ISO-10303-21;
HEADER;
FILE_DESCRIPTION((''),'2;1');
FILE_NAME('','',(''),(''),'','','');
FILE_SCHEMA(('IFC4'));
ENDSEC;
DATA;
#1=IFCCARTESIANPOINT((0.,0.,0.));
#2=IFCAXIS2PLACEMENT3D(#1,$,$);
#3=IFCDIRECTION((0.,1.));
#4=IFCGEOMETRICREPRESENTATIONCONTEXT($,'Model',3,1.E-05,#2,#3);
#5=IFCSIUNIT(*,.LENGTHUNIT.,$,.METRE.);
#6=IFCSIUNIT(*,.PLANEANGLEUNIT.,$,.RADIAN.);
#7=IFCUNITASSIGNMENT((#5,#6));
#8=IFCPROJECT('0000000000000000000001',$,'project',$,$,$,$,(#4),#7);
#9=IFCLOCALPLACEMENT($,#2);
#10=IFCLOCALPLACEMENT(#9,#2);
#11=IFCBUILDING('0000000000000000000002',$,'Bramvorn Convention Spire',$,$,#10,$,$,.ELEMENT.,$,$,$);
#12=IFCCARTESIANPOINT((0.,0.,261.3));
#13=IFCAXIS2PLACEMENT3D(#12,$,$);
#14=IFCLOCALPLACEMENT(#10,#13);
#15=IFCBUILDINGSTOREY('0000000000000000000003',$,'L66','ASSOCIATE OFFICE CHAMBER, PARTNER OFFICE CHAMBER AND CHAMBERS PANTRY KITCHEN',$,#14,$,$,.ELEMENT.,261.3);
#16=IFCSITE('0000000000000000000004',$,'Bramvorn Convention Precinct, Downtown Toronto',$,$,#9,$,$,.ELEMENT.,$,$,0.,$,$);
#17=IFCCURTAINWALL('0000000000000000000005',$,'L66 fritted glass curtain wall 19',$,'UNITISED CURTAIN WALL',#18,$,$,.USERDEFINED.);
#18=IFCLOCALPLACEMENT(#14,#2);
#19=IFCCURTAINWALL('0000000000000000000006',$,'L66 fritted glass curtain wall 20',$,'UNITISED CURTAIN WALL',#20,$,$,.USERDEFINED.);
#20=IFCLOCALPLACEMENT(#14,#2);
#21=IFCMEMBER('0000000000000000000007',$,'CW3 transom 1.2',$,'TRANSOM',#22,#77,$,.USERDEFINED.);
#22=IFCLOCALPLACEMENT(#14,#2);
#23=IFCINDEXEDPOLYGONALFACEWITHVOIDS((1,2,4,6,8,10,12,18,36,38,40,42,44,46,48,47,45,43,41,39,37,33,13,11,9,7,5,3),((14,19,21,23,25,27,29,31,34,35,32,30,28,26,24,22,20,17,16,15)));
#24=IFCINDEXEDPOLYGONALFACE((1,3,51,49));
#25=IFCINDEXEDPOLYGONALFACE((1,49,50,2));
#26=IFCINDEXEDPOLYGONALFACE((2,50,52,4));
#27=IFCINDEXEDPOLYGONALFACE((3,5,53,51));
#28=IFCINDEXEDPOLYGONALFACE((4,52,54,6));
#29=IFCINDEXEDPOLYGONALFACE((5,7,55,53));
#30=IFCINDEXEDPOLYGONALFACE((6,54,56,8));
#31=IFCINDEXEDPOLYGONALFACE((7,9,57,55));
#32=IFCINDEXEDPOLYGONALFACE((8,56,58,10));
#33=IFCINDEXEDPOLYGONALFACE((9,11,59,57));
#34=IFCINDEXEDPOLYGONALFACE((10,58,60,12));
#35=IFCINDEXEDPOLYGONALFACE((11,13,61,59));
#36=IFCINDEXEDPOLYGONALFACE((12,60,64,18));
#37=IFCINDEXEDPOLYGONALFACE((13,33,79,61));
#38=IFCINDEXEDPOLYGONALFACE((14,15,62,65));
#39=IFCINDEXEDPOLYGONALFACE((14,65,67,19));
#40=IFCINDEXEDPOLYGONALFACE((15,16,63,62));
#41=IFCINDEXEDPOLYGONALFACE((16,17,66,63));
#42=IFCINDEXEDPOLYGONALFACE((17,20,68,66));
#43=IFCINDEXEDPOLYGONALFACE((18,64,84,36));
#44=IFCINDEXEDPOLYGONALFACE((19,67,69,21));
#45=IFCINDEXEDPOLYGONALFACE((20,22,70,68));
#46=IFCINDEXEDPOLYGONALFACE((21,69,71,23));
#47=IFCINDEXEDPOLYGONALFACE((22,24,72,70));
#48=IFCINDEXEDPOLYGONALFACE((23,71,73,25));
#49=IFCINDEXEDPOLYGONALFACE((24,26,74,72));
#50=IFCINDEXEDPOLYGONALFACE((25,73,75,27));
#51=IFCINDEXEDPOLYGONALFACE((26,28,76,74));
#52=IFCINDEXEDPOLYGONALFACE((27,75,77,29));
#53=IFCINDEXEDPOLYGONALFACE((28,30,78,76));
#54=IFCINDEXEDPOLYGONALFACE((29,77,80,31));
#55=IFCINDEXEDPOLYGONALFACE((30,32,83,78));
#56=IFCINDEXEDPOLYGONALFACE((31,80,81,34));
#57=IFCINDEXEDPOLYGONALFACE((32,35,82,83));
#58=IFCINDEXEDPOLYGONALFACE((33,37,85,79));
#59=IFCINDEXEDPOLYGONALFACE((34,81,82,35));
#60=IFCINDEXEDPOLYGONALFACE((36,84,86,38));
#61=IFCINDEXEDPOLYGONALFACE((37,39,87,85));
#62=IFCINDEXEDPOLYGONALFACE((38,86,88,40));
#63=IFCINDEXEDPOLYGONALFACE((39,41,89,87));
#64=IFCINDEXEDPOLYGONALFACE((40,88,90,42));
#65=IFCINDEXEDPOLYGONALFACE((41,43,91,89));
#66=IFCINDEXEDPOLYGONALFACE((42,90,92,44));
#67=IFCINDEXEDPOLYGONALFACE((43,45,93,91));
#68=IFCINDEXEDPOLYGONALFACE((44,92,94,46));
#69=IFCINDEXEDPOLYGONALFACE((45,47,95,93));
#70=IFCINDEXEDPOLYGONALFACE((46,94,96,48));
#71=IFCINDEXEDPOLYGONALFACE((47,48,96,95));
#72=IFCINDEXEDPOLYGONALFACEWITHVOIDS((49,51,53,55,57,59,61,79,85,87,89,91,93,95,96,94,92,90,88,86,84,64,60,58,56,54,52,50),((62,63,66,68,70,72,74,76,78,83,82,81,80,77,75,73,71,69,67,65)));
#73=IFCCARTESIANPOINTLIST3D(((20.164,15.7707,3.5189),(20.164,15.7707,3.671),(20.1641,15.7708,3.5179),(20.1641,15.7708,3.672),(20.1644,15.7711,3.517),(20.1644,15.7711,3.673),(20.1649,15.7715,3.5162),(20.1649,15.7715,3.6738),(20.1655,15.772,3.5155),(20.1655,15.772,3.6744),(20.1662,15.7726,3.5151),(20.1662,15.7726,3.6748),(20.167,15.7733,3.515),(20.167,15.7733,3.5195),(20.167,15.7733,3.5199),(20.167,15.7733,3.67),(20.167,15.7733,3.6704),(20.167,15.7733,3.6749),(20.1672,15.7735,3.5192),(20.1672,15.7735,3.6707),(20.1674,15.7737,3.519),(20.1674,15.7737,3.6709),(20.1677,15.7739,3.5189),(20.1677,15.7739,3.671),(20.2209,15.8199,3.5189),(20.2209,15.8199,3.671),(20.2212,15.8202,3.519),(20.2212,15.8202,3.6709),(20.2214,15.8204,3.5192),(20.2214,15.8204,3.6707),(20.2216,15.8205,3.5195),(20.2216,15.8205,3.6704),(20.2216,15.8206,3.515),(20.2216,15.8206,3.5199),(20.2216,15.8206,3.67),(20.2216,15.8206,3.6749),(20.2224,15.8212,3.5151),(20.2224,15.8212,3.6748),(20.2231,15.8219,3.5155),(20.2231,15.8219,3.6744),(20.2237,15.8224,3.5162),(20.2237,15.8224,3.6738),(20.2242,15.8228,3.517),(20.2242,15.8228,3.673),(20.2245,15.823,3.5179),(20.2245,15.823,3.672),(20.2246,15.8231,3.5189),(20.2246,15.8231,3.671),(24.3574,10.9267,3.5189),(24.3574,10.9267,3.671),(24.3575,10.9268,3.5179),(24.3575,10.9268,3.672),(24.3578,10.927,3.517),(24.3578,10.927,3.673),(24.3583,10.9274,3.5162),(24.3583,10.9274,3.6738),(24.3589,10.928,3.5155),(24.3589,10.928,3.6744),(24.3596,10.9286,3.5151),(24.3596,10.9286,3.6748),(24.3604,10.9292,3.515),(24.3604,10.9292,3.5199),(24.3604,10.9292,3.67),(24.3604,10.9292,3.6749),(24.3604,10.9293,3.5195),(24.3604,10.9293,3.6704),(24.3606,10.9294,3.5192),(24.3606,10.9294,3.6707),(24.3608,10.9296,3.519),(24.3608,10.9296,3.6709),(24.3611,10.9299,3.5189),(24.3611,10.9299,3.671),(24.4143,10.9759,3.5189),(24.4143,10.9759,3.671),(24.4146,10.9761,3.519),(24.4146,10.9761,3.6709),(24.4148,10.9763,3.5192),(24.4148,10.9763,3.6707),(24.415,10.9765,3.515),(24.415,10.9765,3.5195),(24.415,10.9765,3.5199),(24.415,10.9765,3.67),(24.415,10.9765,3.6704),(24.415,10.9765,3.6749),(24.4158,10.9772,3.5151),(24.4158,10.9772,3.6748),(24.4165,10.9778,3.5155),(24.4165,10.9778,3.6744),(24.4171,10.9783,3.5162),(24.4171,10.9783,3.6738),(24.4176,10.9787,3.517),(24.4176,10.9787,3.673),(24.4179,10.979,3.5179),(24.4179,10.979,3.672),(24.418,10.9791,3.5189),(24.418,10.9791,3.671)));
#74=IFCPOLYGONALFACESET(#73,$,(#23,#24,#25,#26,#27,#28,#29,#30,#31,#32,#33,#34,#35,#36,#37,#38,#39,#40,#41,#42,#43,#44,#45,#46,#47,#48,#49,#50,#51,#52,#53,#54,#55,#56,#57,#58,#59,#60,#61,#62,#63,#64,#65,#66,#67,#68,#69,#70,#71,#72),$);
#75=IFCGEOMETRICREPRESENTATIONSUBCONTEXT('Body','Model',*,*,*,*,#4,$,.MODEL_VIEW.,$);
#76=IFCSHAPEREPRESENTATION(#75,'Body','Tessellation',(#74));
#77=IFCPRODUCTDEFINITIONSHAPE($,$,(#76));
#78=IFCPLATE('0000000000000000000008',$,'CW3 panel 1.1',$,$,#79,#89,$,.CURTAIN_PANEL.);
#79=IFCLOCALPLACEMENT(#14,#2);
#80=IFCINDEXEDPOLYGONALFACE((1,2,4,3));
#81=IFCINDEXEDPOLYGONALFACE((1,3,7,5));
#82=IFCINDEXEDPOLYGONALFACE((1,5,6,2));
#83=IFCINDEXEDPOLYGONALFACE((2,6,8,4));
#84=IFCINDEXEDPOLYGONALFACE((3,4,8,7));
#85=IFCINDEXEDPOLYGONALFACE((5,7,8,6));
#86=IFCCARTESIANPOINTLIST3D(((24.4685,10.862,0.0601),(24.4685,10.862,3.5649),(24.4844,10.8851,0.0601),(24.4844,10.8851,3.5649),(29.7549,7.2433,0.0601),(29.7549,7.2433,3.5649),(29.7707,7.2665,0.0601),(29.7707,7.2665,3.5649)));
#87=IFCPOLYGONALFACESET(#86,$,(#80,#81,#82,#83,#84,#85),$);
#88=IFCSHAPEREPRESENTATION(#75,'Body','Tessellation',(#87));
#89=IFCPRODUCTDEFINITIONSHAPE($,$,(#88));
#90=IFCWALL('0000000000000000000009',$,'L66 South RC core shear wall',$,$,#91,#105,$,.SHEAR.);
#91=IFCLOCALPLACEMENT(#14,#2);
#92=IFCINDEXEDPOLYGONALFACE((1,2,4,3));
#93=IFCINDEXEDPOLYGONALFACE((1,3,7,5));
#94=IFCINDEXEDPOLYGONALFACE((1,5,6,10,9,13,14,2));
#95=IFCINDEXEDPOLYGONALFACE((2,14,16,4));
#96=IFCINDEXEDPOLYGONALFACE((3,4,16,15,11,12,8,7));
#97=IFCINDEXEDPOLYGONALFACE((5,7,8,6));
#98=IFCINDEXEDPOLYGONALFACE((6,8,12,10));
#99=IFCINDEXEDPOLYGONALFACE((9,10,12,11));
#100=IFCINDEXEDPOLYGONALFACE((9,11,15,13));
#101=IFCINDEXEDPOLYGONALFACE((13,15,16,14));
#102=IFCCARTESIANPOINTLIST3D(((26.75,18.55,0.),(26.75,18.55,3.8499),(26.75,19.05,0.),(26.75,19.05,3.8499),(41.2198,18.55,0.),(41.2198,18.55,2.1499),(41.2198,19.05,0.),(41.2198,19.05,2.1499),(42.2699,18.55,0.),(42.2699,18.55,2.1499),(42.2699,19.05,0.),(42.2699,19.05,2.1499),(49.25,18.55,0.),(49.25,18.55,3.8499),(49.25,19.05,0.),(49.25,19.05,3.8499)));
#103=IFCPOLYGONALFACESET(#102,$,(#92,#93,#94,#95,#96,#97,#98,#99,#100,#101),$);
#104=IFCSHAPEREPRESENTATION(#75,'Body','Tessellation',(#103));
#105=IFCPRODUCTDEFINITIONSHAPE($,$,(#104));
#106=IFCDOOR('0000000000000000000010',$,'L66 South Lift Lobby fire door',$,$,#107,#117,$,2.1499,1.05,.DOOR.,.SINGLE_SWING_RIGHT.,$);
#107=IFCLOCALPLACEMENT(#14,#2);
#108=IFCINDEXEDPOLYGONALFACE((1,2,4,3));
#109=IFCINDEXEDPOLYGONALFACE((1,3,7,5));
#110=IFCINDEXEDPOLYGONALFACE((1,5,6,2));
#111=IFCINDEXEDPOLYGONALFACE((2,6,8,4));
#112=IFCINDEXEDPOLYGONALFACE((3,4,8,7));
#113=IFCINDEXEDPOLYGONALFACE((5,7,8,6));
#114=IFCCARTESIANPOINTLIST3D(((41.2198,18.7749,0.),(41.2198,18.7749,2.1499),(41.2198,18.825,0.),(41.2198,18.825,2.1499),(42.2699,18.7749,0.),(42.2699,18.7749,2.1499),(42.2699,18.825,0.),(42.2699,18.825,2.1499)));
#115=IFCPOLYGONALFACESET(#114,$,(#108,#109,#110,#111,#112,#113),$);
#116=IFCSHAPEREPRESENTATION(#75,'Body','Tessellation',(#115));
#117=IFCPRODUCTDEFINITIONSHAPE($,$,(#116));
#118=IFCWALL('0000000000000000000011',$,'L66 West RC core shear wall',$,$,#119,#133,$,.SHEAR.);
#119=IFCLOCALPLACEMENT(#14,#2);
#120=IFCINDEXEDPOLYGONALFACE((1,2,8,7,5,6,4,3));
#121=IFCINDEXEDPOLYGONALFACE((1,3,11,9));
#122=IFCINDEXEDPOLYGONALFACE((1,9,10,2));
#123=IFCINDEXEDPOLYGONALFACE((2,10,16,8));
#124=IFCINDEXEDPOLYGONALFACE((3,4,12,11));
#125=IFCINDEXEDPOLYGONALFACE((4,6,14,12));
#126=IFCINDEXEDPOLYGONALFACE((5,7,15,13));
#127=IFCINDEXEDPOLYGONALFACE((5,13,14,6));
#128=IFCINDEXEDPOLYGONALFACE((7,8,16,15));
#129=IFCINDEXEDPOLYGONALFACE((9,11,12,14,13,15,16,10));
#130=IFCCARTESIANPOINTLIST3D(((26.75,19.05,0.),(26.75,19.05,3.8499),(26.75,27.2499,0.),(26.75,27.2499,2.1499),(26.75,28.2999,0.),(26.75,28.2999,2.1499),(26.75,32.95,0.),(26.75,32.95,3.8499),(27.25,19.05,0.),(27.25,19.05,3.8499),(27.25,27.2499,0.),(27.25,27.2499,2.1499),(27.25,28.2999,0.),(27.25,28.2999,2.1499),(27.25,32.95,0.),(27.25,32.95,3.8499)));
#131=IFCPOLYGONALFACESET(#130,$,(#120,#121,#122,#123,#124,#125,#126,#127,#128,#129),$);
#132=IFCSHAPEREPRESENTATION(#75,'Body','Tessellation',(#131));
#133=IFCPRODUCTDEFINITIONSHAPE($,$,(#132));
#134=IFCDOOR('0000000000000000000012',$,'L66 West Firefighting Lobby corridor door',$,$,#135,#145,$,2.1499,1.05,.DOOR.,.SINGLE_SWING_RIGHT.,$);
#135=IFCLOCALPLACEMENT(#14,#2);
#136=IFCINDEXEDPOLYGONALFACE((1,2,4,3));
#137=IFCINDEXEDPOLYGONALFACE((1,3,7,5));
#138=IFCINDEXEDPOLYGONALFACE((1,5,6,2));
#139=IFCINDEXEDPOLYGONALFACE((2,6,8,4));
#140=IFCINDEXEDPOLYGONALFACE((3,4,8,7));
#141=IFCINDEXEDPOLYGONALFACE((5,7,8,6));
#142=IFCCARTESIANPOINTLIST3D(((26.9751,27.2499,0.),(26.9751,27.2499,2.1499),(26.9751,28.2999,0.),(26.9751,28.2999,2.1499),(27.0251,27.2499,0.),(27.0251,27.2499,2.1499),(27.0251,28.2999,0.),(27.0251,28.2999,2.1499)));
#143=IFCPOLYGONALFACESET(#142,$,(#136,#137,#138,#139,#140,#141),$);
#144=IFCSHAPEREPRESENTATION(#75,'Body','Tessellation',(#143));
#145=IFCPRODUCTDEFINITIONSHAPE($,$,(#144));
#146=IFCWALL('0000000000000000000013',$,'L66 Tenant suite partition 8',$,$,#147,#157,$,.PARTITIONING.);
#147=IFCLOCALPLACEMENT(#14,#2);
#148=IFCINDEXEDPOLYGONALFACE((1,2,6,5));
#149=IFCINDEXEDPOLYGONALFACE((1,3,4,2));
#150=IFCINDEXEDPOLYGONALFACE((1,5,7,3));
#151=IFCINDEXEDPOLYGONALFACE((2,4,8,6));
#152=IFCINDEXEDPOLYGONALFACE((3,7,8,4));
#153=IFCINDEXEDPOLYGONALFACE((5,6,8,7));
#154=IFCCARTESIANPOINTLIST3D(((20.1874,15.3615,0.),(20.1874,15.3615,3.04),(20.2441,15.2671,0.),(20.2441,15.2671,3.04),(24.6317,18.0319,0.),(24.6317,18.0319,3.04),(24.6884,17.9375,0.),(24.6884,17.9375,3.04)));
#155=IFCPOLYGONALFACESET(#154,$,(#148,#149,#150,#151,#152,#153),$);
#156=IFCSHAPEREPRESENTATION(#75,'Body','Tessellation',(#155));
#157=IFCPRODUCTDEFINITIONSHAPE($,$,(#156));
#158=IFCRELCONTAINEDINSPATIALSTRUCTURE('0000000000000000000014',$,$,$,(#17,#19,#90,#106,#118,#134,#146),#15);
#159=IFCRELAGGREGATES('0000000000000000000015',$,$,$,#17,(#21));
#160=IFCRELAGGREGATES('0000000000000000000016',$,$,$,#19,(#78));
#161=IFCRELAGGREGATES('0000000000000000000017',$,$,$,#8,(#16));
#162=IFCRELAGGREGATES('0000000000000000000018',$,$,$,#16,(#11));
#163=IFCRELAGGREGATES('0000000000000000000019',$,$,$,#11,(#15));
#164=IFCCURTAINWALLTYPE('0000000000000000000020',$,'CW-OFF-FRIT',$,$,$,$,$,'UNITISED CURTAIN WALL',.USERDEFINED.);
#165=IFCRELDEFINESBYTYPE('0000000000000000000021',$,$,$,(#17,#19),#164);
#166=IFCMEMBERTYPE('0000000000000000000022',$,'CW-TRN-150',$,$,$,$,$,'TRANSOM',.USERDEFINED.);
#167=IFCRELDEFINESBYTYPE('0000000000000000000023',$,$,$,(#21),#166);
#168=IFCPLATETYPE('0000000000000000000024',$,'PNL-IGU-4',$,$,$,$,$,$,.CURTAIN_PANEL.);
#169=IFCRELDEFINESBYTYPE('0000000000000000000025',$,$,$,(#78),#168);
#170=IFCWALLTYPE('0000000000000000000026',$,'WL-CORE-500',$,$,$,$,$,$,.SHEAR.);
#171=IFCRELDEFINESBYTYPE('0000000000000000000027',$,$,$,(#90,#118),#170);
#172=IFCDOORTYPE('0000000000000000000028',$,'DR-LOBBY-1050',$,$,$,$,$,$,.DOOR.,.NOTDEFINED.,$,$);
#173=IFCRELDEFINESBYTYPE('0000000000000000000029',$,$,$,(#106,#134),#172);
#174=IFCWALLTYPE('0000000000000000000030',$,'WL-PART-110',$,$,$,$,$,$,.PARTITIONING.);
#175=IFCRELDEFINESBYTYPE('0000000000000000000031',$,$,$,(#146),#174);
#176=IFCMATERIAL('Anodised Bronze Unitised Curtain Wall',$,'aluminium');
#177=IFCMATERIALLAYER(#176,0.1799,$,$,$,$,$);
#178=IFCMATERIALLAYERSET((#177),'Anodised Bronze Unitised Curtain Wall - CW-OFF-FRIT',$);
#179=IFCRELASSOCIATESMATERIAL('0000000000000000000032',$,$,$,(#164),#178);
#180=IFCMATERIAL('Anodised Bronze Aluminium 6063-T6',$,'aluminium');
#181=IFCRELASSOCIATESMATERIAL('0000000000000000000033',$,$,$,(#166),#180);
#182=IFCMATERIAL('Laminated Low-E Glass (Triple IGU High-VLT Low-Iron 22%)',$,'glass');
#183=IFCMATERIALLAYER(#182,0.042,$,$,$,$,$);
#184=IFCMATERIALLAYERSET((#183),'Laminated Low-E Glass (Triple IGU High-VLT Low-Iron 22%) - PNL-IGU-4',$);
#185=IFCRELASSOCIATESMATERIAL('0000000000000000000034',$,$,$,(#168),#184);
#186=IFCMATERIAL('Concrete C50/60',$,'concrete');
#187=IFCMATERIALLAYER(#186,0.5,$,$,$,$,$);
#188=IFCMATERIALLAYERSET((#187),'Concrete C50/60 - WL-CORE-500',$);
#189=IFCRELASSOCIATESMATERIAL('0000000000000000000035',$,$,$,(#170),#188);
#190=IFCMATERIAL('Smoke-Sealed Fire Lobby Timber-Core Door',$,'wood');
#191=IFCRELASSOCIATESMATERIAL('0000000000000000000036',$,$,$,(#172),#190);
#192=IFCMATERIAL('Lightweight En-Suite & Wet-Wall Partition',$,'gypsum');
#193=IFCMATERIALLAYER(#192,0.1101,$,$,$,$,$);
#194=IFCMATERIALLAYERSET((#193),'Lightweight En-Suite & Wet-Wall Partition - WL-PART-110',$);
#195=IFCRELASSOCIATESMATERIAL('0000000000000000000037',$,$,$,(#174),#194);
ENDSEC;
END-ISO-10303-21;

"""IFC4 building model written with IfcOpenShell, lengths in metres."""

from ifc_helpers import new_model, si_unit, direction, frame, frame_2d, origin, origin_2d, place, context, subcontext, project, spatial, rectangle, hollow_rectangle, extrude, material, layer, layer_set, material_profile, profile_set, type_object, element, fill, aggregate, save


model = new_model("IFC4")

# Units and contexts
model_context = context("Model", 3, precision=1e-05, world=origin(), true_north=direction((0.0, 1.0)))
body_context = subcontext(model_context, "Body", "Model", "MODEL_VIEW")
ifc_project = project(units=[si_unit("LENGTHUNIT", "METRE"), si_unit("PLANEANGLEUNIT", "RADIAN")], contexts=[model_context])

# Site, building, storey
site_placement = place(None, origin())
site = spatial("IfcSite", under=ifc_project, at=site_placement, Name="Bramvorn Convention Precinct, Downtown Toronto", CompositionType="ELEMENT", RefElevation=0.0)
building_placement = place(site_placement, origin())
building = spatial("IfcBuilding", under=site, at=building_placement, Name="Bramvorn Convention Spire", CompositionType="ELEMENT")
storey_placement = place(building_placement, frame((0.0, 0.0, 261.3)))
storey = spatial("IfcBuildingStorey", under=building, at=storey_placement, Name="L66", Description="ASSOCIATE OFFICE CHAMBER, PARTNER OFFICE CHAMBER AND CHAMBERS PANTRY KITCHEN", CompositionType="ELEMENT", Elevation=261.3)

# Curtain walls
ifc_material_1 = material(Name="Anodised Bronze Unitised Curtain Wall", Category="aluminium")
ifc_layer_1 = layer(ifc_material_1, 0.1799)
ifc_layer_set_1 = layer_set([ifc_layer_1], Name="Anodised Bronze Unitised Curtain Wall - CW-OFF-FRIT")
curtain_wall_type = type_object("IfcCurtainWallType", Name="CW-OFF-FRIT", ElementType="UNITISED CURTAIN WALL", PredefinedType="USERDEFINED", material=ifc_layer_set_1)
curtain_wall_1_placement = place(storey_placement, origin())
curtain_wall_1 = element("IfcCurtainWall", 1, at=curtain_wall_1_placement, inside=storey, type_object=curtain_wall_type, Name="L66 fritted glass curtain wall 19", ObjectType="UNITISED CURTAIN WALL", PredefinedType="USERDEFINED")
ifc_material_2 = material(Name="Anodised Bronze Aluminium 6063-T6", Category="aluminium")
curtain_wall_2_placement = place(storey_placement, origin())
curtain_wall_2 = element("IfcCurtainWall", 2, at=curtain_wall_2_placement, inside=storey, type_object=curtain_wall_type, Name="L66 fritted glass curtain wall 20", ObjectType="UNITISED CURTAIN WALL", PredefinedType="USERDEFINED")

# Member
ifc_material_profile_1 = material_profile(ifc_material_2, hollow_rectangle(XDim=0.0801, YDim=0.1599, WallThickness=0.0039, InnerFilletRadius=0.001, OuterFilletRadius=0.0039, at=origin_2d()))
ifc_profile_set_1 = profile_set([ifc_material_profile_1], Name="Anodised Bronze Aluminium 6063-T6 - CWT80X160")
member_type_1 = type_object("IfcMemberType", Name="CW-TRN-150", ElementType="TRANSOM", PredefinedType="USERDEFINED", material=ifc_profile_set_1)
member_1_placement = place(storey_placement, frame((24.3877, 10.9529, 3.595), z_axis=(-0.654505, 0.756057, 0.0), x_axis=(-0.756057, -0.654505, 0.0)))
member_1 = element("IfcMember", 3, at=member_1_placement, type_object=member_type_1, Name="CW3 transom 1.2", ObjectType="TRANSOM", PredefinedType="USERDEFINED", context=body_context, shape_type="SweptSolid", body=[
    extrude(hollow_rectangle(XDim=0.0801, YDim=0.1599, WallThickness=0.0039, InnerFilletRadius=0.001, OuterFilletRadius=0.0039, at=origin_2d()), origin(), (0.0, 0.0, 1.0), 6.407),
])
aggregate(curtain_wall_1, [member_1])

# Plate
ifc_material_3 = material(Name="Laminated Low-E Glass (Triple IGU High-VLT Low-Iron 22%)", Category="glass")
ifc_layer_2 = layer(ifc_material_3, 0.042)
ifc_layer_set_2 = layer_set([ifc_layer_2], Name="Laminated Low-E Glass (Triple IGU High-VLT Low-Iron 22%) - PNL-IGU-4")
plate_type = type_object("IfcPlateType", Name="PNL-IGU-4", PredefinedType="CURTAIN_PANEL", material=ifc_layer_set_2)
plate_placement = place(storey_placement, frame((27.1196, 9.0642, 0.0601), z_axis=(0.0, 0.0, 1.0), x_axis=(-0.825184, 0.564864, 0.0)))
plate = element("IfcPlate", 4, at=plate_placement, type_object=plate_type, Name="CW3 panel 1.1", PredefinedType="CURTAIN_PANEL", context=body_context, shape_type="SweptSolid", body=[
    extrude(rectangle(XDim=6.4062, YDim=0.0281, at=origin_2d()), origin(), (0.0, 0.0, 1.0), 3.5049),
])
aggregate(curtain_wall_2, [plate])

# Walls, openings, doors
ifc_material_4 = material(Name="Concrete C50/60", Category="concrete")
ifc_layer_3 = layer(ifc_material_4, 0.5)
ifc_layer_set_3 = layer_set([ifc_layer_3], Name="Concrete C50/60 - WL-CORE-500")
wall_type_1 = type_object("IfcWallType", Name="WL-CORE-500", PredefinedType="SHEAR", material=ifc_layer_set_3)
wall_1_placement = place(storey_placement, frame((26.75, 18.8, 0.0), z_axis=(0.0, 0.0, 1.0), x_axis=(1.0, 0.0, 0.0)))
wall_1 = element("IfcWall", 5, at=wall_1_placement, inside=storey, type_object=wall_type_1, Name="L66 South RC core shear wall", PredefinedType="SHEAR", context=body_context, shape_type="SweptSolid", body=[
    extrude(rectangle(XDim=22.5, YDim=0.5, at=frame_2d((11.25, 0.0))), origin(), (0.0, 0.0, 1.0), 3.8499),
])
opening_1_placement = place(wall_1_placement, frame((14.47, 0.0, 0.0)))
opening_1 = element("IfcOpeningElement", 6, at=opening_1_placement, cuts=wall_1, PredefinedType="OPENING", context=body_context, shape_type="SweptSolid", body=[
    extrude(rectangle(XDim=1.05, YDim=2.1499, at=frame_2d((0.5249, 1.075))), frame((0.0, 0.26, 0.0), z_axis=(0.0, -1.0, 0.0), x_axis=(1.0, 0.0, 0.0)), (0.0, 0.0, 1.0), 0.52),
])
ifc_material_5 = material(Name="Smoke-Sealed Fire Lobby Timber-Core Door", Category="wood")
door_type_1 = type_object("IfcDoorType", Name="DR-LOBBY-1050", OperationType="NOTDEFINED", PredefinedType="DOOR", material=ifc_material_5)
door_1_placement = place(opening_1_placement, origin())
door_1 = element("IfcDoor", 7, at=door_1_placement, inside=storey, type_object=door_type_1, Name="L66 South Lift Lobby fire door", OperationType="SINGLE_SWING_RIGHT", OverallHeight=2.1499, OverallWidth=1.05, PredefinedType="DOOR", context=body_context, shape_type="SweptSolid", body=[
    extrude(rectangle(XDim=1.05, YDim=2.1499, at=frame_2d((0.5249, 1.075))), frame((0.0, 0.0249, 0.0), z_axis=(0.0, -1.0, 0.0), x_axis=(1.0, 0.0, 0.0)), (0.0, 0.0, 1.0), 0.05),
])
fill(opening_1, door_1)
wall_2_placement = place(storey_placement, frame((27.0, 19.05, 0.0), z_axis=(0.0, 0.0, 1.0), x_axis=(0.0, 1.0, 0.0)))
wall_2 = element("IfcWall", 8, at=wall_2_placement, inside=storey, type_object=wall_type_1, Name="L66 West RC core shear wall", PredefinedType="SHEAR", context=body_context, shape_type="SweptSolid", body=[
    extrude(rectangle(XDim=13.8999, YDim=0.5, at=frame_2d((6.95, 0.0))), origin(), (0.0, 0.0, 1.0), 3.8499),
])
opening_2_placement = place(wall_2_placement, frame((8.2, 0.0, 0.0)))
opening_2 = element("IfcOpeningElement", 9, at=opening_2_placement, cuts=wall_2, PredefinedType="OPENING", context=body_context, shape_type="SweptSolid", body=[
    extrude(rectangle(XDim=1.05, YDim=2.1499, at=frame_2d((0.5249, 1.075))), frame((0.0, 0.26, 0.0), z_axis=(0.0, -1.0, 0.0), x_axis=(1.0, 0.0, 0.0)), (0.0, 0.0, 1.0), 0.52),
])
door_2_placement = place(opening_2_placement, origin())
door_2 = element("IfcDoor", 10, at=door_2_placement, inside=storey, type_object=door_type_1, Name="L66 West Firefighting Lobby corridor door", OperationType="SINGLE_SWING_RIGHT", OverallHeight=2.1499, OverallWidth=1.05, PredefinedType="DOOR", context=body_context, shape_type="SweptSolid", body=[
    extrude(rectangle(XDim=1.05, YDim=2.1499, at=frame_2d((0.5249, 1.075))), frame((0.0, 0.0249, 0.0), z_axis=(0.0, -1.0, 0.0), x_axis=(1.0, 0.0, 0.0)), (0.0, 0.0, 1.0), 0.05),
])
fill(opening_2, door_2)

# Wall
ifc_material_6 = material(Name="Lightweight En-Suite & Wet-Wall Partition", Category="gypsum")
ifc_layer_4 = layer(ifc_material_6, 0.1101)
ifc_layer_set_4 = layer_set([ifc_layer_4], Name="Lightweight En-Suite & Wet-Wall Partition - WL-PART-110")
wall_type_2 = type_object("IfcWallType", Name="WL-PART-110", PredefinedType="PARTITIONING", material=ifc_layer_set_4)
wall_3_placement = place(storey_placement, frame((24.6599, 17.9846, 0.0), z_axis=(0.0, 0.0, 1.0), x_axis=(-0.857169, -0.515036, 0.0)))
element("IfcWall", 11, at=wall_3_placement, inside=storey, type_object=wall_type_2, Name="L66 Tenant suite partition 8", PredefinedType="PARTITIONING", context=body_context, shape_type="SweptSolid", body=[
    extrude(rectangle(XDim=5.1848, YDim=0.1101, at=frame_2d((2.5923, 0.0))), origin(), (0.0, 0.0, 1.0), 3.04),
])

save(model, "model.ifc")
